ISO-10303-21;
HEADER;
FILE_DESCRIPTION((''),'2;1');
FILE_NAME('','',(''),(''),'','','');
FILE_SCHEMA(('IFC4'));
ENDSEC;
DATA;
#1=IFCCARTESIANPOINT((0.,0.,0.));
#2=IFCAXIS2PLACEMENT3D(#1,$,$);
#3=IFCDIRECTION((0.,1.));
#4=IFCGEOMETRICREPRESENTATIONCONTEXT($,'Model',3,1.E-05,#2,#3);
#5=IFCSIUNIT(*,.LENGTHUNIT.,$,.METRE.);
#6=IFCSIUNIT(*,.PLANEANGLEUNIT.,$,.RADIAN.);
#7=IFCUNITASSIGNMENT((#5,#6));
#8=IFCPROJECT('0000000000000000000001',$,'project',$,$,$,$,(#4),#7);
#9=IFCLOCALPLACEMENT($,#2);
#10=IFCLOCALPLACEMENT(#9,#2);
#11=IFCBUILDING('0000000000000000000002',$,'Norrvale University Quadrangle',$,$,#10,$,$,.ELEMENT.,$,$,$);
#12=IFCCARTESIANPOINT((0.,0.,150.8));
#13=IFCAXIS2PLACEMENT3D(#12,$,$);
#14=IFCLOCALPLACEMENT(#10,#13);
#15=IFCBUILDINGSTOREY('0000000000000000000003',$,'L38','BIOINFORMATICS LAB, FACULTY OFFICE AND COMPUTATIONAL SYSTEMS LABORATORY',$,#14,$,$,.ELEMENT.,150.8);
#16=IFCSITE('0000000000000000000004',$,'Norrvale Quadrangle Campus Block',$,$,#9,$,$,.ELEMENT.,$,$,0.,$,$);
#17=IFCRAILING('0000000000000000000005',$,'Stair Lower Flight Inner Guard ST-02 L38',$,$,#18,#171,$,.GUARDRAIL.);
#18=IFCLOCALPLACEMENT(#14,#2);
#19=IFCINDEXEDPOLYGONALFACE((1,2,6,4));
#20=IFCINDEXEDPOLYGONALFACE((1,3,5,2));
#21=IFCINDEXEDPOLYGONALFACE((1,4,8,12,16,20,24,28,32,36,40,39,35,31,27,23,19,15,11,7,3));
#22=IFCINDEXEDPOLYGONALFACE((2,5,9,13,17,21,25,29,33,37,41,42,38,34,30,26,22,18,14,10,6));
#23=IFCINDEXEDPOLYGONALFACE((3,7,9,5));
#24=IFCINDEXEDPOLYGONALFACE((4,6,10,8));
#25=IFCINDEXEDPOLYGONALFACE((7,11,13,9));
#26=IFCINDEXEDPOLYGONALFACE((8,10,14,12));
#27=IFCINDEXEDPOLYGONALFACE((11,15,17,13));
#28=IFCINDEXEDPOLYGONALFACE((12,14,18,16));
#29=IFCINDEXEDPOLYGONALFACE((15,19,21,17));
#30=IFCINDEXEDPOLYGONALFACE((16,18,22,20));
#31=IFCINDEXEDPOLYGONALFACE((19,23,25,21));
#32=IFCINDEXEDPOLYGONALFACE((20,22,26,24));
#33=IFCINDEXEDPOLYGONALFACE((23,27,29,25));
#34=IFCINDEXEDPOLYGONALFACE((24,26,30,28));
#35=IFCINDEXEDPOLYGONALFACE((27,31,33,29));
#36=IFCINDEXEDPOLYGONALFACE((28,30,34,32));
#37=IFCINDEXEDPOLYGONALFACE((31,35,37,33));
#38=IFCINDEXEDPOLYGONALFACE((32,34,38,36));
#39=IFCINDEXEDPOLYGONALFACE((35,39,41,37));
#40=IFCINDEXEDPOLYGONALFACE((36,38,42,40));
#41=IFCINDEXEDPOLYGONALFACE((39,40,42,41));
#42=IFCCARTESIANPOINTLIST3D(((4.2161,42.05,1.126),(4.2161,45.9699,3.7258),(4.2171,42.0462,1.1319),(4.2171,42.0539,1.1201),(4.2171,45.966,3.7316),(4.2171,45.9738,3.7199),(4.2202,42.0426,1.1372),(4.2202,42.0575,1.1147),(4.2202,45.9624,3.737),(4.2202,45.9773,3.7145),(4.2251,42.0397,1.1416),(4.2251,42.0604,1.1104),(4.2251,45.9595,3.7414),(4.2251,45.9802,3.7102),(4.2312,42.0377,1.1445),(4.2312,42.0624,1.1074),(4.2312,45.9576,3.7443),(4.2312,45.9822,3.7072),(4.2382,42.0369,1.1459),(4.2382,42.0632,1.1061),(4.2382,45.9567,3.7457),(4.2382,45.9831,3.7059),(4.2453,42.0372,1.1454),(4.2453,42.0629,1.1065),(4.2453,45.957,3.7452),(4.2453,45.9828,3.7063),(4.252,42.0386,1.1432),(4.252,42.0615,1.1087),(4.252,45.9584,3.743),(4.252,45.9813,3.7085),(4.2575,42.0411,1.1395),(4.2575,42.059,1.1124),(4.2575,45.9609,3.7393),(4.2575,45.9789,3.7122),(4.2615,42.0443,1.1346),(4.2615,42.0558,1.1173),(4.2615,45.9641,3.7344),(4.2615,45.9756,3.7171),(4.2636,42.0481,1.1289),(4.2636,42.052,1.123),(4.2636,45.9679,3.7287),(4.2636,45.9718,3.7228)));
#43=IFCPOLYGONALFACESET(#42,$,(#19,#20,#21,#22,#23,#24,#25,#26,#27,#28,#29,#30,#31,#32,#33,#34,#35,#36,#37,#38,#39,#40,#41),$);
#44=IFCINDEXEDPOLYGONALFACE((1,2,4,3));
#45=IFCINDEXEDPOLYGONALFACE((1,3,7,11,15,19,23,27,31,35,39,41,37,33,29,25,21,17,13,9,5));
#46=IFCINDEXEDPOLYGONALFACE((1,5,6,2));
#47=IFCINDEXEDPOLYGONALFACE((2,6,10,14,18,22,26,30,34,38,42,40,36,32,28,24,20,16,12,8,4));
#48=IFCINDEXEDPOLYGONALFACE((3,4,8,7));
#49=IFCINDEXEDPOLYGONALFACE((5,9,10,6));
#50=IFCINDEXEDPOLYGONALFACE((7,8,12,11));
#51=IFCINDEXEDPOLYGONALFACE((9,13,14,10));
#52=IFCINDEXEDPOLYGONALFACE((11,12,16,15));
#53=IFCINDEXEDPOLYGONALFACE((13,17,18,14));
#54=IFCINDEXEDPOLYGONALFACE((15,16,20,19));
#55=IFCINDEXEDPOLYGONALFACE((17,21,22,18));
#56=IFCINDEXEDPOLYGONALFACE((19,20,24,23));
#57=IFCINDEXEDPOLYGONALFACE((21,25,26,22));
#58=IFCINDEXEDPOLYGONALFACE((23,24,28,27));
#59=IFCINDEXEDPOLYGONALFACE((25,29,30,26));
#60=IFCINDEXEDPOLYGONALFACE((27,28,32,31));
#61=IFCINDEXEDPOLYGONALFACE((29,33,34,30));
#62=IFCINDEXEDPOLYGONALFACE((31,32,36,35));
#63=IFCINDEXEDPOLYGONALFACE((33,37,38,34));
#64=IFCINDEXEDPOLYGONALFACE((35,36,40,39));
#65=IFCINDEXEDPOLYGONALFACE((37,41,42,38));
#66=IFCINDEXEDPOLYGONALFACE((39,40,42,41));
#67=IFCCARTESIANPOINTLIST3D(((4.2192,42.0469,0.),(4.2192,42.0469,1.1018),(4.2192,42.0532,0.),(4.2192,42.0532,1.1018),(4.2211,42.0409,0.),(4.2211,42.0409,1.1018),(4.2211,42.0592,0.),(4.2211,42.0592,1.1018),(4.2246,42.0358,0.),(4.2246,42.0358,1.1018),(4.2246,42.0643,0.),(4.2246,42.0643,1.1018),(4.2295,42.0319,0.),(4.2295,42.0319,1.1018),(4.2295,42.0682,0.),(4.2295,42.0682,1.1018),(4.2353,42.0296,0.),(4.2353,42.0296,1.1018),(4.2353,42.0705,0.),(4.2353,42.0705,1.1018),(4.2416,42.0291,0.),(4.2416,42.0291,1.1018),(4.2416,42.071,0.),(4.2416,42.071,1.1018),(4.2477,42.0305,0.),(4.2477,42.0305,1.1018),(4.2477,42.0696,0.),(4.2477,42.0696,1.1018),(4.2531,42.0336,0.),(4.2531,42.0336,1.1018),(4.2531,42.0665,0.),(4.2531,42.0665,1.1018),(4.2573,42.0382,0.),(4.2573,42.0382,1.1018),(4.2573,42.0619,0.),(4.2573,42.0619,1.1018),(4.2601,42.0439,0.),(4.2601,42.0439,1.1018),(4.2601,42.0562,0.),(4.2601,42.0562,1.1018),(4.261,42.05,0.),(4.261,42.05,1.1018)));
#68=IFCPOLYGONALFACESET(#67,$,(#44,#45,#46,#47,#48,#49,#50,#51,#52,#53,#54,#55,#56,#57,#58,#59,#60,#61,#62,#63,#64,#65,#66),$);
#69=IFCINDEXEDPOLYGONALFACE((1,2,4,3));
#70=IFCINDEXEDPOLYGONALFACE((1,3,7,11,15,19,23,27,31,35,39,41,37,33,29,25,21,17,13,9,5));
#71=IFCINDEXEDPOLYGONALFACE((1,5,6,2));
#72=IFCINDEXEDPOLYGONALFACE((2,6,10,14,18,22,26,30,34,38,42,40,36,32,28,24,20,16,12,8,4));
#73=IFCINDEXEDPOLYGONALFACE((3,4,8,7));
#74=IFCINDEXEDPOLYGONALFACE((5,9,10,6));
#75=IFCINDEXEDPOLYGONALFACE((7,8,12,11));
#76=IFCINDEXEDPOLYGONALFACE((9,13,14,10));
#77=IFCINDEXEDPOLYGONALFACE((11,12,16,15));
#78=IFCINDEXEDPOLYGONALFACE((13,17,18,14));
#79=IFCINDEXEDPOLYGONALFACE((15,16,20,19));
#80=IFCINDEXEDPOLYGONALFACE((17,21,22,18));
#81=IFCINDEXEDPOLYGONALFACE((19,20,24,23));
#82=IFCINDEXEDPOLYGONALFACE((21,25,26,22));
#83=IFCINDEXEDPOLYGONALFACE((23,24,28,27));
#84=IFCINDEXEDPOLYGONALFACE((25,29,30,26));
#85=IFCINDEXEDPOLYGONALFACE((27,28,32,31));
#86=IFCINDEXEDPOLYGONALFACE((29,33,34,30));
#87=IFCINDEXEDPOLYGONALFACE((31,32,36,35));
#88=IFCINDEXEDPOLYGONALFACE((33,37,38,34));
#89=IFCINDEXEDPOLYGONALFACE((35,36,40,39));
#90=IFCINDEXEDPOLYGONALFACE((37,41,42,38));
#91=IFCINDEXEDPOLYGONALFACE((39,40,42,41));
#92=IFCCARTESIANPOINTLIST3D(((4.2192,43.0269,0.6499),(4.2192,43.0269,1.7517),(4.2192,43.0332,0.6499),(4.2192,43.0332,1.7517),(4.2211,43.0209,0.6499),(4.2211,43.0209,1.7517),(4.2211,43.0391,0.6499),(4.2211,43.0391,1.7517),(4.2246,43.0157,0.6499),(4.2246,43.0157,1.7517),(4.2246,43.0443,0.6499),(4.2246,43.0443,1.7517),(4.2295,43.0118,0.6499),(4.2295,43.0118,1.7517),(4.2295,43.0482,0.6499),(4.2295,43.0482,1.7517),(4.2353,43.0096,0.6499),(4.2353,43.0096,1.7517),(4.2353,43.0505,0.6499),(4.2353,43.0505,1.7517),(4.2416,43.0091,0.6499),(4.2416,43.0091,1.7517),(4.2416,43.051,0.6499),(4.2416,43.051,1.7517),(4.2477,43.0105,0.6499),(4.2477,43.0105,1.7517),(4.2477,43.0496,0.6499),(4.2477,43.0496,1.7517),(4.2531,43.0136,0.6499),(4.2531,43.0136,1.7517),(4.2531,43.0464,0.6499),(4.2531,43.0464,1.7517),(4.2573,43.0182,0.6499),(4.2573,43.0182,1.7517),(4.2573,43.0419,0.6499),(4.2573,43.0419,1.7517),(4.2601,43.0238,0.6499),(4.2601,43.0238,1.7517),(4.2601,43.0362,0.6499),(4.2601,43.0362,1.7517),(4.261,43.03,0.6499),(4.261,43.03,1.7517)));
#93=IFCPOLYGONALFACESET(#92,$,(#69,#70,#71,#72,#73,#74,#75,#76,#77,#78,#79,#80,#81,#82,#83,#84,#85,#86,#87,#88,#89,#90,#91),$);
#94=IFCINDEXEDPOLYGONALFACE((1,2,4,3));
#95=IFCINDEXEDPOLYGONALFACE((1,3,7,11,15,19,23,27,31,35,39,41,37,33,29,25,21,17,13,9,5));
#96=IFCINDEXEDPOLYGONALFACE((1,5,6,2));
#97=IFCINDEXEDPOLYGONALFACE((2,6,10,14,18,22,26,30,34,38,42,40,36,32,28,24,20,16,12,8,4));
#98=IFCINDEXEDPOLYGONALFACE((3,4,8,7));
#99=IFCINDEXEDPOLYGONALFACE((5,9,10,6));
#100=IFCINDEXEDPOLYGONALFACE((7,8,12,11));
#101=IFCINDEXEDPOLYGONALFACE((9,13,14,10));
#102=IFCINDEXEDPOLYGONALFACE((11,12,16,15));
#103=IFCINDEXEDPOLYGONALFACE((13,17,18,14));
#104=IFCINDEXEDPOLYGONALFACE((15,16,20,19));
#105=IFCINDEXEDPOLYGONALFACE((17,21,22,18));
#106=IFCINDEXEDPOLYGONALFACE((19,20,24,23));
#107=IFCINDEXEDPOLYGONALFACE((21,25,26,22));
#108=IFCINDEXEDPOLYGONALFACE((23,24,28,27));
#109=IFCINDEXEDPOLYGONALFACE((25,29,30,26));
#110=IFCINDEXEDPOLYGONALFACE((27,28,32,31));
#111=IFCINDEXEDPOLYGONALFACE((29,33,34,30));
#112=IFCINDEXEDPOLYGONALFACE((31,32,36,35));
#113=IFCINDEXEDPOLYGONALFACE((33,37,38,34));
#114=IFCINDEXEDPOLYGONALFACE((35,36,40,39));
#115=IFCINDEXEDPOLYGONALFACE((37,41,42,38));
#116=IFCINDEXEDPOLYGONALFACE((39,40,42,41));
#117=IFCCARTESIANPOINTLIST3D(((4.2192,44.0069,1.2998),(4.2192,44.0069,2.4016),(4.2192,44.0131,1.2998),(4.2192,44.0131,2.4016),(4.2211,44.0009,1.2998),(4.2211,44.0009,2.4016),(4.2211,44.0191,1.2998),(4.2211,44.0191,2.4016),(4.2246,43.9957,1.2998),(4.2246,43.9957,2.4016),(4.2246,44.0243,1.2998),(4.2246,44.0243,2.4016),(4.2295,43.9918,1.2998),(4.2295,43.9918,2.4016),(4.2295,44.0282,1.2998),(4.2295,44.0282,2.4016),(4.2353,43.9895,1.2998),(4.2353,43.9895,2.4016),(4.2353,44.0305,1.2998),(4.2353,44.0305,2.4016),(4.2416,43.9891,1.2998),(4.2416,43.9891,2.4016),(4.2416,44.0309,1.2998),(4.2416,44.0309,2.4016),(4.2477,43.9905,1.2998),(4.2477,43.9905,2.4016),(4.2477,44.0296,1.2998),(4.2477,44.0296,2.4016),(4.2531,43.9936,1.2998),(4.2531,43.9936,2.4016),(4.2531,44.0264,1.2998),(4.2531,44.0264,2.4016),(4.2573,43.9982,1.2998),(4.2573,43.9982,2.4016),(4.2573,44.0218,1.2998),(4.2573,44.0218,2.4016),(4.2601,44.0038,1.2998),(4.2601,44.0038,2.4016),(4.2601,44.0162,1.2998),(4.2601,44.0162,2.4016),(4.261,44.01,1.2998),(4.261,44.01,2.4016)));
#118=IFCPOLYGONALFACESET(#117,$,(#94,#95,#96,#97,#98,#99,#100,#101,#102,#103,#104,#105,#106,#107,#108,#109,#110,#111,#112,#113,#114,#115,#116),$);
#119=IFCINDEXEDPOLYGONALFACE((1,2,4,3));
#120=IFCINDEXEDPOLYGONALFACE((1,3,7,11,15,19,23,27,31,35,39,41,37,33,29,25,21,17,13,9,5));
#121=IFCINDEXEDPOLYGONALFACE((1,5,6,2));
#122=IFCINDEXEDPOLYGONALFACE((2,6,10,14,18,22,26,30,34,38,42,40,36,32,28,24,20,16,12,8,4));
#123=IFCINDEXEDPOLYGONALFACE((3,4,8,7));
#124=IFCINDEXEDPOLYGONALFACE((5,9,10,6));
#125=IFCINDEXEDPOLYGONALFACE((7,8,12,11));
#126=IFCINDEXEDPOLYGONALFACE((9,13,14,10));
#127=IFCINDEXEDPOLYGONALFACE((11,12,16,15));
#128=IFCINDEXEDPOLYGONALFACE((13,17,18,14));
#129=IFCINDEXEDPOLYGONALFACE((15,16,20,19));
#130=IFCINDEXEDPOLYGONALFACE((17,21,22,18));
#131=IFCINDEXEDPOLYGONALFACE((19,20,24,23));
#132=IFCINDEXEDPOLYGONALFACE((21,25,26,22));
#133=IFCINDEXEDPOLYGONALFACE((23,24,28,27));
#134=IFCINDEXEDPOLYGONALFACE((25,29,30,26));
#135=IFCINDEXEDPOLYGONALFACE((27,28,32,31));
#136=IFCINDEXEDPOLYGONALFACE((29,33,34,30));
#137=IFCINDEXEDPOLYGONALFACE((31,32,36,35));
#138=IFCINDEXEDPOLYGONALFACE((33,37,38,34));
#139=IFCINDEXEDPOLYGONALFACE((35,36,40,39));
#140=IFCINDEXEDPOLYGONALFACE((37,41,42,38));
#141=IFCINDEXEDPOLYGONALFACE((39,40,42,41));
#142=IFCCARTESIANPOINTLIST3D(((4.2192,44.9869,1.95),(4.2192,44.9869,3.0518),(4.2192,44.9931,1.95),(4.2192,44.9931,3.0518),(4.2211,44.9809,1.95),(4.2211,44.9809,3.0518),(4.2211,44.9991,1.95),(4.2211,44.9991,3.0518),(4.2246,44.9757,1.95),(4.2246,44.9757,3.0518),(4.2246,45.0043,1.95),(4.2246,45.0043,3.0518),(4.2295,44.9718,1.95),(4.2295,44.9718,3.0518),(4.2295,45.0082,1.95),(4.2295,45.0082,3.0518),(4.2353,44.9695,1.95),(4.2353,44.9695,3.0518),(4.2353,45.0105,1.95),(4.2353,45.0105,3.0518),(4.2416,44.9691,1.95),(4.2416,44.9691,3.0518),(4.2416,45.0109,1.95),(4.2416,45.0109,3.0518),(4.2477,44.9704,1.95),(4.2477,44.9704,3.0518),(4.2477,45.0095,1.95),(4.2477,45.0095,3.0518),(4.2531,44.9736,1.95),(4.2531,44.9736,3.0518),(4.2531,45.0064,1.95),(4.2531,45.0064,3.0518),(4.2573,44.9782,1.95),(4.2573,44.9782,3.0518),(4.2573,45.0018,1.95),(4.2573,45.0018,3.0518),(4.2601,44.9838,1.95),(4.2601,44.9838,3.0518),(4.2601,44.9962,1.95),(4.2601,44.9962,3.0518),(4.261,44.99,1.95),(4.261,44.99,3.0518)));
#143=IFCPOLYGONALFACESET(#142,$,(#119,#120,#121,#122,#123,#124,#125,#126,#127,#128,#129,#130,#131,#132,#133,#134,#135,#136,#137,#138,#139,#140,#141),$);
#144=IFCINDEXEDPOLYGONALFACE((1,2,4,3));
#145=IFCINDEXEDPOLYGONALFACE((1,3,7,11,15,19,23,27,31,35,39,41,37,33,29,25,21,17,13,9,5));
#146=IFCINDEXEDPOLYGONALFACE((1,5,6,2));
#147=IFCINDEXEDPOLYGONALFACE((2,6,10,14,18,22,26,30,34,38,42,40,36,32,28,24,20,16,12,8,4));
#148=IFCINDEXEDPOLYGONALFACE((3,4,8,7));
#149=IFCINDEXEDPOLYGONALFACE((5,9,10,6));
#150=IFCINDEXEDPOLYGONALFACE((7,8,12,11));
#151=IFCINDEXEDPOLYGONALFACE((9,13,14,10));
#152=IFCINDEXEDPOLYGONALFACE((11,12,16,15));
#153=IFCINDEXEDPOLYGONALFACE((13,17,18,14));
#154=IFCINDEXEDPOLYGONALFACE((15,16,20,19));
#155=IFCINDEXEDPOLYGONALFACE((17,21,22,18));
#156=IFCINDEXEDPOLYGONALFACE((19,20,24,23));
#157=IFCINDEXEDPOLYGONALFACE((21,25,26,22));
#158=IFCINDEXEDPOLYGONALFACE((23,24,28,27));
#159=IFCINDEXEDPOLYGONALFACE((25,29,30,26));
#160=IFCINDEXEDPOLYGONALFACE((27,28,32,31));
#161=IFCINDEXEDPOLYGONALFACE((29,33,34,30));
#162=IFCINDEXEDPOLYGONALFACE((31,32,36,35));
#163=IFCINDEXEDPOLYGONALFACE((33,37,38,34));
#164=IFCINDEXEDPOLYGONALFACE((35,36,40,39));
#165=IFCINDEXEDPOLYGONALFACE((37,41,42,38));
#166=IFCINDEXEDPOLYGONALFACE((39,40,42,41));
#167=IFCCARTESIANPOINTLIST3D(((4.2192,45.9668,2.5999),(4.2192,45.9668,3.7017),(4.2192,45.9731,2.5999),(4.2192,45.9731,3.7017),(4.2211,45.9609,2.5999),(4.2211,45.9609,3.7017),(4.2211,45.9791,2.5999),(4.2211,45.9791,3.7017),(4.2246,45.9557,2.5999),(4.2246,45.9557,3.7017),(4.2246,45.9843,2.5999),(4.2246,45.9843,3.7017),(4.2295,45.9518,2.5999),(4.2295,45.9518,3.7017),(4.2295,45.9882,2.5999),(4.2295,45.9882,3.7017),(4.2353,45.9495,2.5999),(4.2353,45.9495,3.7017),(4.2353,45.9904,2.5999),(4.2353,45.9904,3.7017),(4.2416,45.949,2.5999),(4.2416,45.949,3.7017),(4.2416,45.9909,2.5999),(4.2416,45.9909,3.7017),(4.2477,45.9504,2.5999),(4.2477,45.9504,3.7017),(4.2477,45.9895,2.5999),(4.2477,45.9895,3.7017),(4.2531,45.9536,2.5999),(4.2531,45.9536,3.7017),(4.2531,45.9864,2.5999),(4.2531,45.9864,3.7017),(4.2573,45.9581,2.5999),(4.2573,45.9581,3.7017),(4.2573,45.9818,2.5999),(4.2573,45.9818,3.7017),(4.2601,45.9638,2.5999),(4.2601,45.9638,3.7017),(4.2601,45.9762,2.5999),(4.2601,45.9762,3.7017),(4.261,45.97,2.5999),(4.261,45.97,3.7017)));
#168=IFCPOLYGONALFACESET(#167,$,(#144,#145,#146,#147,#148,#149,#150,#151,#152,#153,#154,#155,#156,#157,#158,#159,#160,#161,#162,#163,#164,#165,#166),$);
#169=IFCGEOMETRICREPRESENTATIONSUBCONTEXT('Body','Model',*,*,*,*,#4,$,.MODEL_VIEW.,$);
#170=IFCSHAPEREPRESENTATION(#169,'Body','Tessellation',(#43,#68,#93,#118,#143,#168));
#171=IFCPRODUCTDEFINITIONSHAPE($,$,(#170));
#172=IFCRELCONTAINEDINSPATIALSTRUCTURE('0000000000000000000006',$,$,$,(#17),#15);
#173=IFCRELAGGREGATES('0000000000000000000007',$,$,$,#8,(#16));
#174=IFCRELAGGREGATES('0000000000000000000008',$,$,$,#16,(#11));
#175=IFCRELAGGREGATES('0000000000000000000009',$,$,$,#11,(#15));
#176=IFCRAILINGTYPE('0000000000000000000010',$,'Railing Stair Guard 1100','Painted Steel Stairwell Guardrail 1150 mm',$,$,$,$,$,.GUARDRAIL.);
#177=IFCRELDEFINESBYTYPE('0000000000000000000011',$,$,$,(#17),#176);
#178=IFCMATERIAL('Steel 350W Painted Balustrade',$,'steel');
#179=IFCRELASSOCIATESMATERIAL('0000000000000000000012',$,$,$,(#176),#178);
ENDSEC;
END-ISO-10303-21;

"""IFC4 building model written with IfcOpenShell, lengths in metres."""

from ifc_helpers import new_model, si_unit, direction, frame, origin, origin_2d, place, context, subcontext, project, spatial, circle, extrude, material, type_object, element, save


model = new_model("IFC4")

# Units and contexts
model_context = context("Model", 3, precision=1e-05, world=origin(), true_north=direction((0.0, 1.0)))
body_context = subcontext(model_context, "Body", "Model", "MODEL_VIEW")
ifc_project = project(units=[si_unit("LENGTHUNIT", "METRE"), si_unit("PLANEANGLEUNIT", "RADIAN")], contexts=[model_context])

# Site, building, storey
site_placement = place(None, origin())
site = spatial("IfcSite", under=ifc_project, at=site_placement, Name="Norrvale Quadrangle Campus Block", CompositionType="ELEMENT", RefElevation=0.0)
building_placement = place(site_placement, origin())
building = spatial("IfcBuilding", under=site, at=building_placement, Name="Norrvale University Quadrangle", CompositionType="ELEMENT")
storey_placement = place(building_placement, frame((0.0, 0.0, 150.8)))
storey = spatial("IfcBuildingStorey", under=building, at=storey_placement, Name="L38", Description="BIOINFORMATICS LAB, FACULTY OFFICE AND COMPUTATIONAL SYSTEMS LABORATORY", CompositionType="ELEMENT", Elevation=150.8)

# Railing
ifc_material_1 = material(Name="Steel 350W Painted Balustrade", Category="steel")
railing_type_1 = type_object("IfcRailingType", Name="Railing Stair Guard 1100", Description="Painted Steel Stairwell Guardrail 1150 mm", PredefinedType="GUARDRAIL", material=ifc_material_1)
railing_1_placement = place(storey_placement, frame((4.24, 42.05, 0.0)))
element("IfcRailing", 1, at=railing_1_placement, inside=storey, type_object=railing_type_1, Name="Stair Lower Flight Inner Guard ST-02 L38", PredefinedType="GUARDRAIL", context=body_context, shape_type="SweptSolid", body=[
    extrude(circle(Radius=0.0239, at=origin_2d()), frame((0.0, 0.0, 1.126), z_axis=(0.0, 0.833366, 0.552722), x_axis=(-1.0, 0.0, 0.0)), (0.0, 0.0, 1.0), 4.7036),
    extrude(circle(Radius=0.021, at=origin_2d()), origin(), (0.0, 0.0, 1.0), 1.1018),
    extrude(circle(Radius=0.021, at=origin_2d()), frame((0.0, 0.98, 0.6499)), (0.0, 0.0, 1.0), 1.1018),
    extrude(circle(Radius=0.021, at=origin_2d()), frame((0.0, 1.96, 1.2998)), (0.0, 0.0, 1.0), 1.1018),
    extrude(circle(Radius=0.021, at=origin_2d()), frame((0.0, 2.9399, 1.95)), (0.0, 0.0, 1.0), 1.1018),
    extrude(circle(Radius=0.021, at=origin_2d()), frame((0.0, 3.9199, 2.5999)), (0.0, 0.0, 1.0), 1.1018),
])

save(model, "model.ifc")
